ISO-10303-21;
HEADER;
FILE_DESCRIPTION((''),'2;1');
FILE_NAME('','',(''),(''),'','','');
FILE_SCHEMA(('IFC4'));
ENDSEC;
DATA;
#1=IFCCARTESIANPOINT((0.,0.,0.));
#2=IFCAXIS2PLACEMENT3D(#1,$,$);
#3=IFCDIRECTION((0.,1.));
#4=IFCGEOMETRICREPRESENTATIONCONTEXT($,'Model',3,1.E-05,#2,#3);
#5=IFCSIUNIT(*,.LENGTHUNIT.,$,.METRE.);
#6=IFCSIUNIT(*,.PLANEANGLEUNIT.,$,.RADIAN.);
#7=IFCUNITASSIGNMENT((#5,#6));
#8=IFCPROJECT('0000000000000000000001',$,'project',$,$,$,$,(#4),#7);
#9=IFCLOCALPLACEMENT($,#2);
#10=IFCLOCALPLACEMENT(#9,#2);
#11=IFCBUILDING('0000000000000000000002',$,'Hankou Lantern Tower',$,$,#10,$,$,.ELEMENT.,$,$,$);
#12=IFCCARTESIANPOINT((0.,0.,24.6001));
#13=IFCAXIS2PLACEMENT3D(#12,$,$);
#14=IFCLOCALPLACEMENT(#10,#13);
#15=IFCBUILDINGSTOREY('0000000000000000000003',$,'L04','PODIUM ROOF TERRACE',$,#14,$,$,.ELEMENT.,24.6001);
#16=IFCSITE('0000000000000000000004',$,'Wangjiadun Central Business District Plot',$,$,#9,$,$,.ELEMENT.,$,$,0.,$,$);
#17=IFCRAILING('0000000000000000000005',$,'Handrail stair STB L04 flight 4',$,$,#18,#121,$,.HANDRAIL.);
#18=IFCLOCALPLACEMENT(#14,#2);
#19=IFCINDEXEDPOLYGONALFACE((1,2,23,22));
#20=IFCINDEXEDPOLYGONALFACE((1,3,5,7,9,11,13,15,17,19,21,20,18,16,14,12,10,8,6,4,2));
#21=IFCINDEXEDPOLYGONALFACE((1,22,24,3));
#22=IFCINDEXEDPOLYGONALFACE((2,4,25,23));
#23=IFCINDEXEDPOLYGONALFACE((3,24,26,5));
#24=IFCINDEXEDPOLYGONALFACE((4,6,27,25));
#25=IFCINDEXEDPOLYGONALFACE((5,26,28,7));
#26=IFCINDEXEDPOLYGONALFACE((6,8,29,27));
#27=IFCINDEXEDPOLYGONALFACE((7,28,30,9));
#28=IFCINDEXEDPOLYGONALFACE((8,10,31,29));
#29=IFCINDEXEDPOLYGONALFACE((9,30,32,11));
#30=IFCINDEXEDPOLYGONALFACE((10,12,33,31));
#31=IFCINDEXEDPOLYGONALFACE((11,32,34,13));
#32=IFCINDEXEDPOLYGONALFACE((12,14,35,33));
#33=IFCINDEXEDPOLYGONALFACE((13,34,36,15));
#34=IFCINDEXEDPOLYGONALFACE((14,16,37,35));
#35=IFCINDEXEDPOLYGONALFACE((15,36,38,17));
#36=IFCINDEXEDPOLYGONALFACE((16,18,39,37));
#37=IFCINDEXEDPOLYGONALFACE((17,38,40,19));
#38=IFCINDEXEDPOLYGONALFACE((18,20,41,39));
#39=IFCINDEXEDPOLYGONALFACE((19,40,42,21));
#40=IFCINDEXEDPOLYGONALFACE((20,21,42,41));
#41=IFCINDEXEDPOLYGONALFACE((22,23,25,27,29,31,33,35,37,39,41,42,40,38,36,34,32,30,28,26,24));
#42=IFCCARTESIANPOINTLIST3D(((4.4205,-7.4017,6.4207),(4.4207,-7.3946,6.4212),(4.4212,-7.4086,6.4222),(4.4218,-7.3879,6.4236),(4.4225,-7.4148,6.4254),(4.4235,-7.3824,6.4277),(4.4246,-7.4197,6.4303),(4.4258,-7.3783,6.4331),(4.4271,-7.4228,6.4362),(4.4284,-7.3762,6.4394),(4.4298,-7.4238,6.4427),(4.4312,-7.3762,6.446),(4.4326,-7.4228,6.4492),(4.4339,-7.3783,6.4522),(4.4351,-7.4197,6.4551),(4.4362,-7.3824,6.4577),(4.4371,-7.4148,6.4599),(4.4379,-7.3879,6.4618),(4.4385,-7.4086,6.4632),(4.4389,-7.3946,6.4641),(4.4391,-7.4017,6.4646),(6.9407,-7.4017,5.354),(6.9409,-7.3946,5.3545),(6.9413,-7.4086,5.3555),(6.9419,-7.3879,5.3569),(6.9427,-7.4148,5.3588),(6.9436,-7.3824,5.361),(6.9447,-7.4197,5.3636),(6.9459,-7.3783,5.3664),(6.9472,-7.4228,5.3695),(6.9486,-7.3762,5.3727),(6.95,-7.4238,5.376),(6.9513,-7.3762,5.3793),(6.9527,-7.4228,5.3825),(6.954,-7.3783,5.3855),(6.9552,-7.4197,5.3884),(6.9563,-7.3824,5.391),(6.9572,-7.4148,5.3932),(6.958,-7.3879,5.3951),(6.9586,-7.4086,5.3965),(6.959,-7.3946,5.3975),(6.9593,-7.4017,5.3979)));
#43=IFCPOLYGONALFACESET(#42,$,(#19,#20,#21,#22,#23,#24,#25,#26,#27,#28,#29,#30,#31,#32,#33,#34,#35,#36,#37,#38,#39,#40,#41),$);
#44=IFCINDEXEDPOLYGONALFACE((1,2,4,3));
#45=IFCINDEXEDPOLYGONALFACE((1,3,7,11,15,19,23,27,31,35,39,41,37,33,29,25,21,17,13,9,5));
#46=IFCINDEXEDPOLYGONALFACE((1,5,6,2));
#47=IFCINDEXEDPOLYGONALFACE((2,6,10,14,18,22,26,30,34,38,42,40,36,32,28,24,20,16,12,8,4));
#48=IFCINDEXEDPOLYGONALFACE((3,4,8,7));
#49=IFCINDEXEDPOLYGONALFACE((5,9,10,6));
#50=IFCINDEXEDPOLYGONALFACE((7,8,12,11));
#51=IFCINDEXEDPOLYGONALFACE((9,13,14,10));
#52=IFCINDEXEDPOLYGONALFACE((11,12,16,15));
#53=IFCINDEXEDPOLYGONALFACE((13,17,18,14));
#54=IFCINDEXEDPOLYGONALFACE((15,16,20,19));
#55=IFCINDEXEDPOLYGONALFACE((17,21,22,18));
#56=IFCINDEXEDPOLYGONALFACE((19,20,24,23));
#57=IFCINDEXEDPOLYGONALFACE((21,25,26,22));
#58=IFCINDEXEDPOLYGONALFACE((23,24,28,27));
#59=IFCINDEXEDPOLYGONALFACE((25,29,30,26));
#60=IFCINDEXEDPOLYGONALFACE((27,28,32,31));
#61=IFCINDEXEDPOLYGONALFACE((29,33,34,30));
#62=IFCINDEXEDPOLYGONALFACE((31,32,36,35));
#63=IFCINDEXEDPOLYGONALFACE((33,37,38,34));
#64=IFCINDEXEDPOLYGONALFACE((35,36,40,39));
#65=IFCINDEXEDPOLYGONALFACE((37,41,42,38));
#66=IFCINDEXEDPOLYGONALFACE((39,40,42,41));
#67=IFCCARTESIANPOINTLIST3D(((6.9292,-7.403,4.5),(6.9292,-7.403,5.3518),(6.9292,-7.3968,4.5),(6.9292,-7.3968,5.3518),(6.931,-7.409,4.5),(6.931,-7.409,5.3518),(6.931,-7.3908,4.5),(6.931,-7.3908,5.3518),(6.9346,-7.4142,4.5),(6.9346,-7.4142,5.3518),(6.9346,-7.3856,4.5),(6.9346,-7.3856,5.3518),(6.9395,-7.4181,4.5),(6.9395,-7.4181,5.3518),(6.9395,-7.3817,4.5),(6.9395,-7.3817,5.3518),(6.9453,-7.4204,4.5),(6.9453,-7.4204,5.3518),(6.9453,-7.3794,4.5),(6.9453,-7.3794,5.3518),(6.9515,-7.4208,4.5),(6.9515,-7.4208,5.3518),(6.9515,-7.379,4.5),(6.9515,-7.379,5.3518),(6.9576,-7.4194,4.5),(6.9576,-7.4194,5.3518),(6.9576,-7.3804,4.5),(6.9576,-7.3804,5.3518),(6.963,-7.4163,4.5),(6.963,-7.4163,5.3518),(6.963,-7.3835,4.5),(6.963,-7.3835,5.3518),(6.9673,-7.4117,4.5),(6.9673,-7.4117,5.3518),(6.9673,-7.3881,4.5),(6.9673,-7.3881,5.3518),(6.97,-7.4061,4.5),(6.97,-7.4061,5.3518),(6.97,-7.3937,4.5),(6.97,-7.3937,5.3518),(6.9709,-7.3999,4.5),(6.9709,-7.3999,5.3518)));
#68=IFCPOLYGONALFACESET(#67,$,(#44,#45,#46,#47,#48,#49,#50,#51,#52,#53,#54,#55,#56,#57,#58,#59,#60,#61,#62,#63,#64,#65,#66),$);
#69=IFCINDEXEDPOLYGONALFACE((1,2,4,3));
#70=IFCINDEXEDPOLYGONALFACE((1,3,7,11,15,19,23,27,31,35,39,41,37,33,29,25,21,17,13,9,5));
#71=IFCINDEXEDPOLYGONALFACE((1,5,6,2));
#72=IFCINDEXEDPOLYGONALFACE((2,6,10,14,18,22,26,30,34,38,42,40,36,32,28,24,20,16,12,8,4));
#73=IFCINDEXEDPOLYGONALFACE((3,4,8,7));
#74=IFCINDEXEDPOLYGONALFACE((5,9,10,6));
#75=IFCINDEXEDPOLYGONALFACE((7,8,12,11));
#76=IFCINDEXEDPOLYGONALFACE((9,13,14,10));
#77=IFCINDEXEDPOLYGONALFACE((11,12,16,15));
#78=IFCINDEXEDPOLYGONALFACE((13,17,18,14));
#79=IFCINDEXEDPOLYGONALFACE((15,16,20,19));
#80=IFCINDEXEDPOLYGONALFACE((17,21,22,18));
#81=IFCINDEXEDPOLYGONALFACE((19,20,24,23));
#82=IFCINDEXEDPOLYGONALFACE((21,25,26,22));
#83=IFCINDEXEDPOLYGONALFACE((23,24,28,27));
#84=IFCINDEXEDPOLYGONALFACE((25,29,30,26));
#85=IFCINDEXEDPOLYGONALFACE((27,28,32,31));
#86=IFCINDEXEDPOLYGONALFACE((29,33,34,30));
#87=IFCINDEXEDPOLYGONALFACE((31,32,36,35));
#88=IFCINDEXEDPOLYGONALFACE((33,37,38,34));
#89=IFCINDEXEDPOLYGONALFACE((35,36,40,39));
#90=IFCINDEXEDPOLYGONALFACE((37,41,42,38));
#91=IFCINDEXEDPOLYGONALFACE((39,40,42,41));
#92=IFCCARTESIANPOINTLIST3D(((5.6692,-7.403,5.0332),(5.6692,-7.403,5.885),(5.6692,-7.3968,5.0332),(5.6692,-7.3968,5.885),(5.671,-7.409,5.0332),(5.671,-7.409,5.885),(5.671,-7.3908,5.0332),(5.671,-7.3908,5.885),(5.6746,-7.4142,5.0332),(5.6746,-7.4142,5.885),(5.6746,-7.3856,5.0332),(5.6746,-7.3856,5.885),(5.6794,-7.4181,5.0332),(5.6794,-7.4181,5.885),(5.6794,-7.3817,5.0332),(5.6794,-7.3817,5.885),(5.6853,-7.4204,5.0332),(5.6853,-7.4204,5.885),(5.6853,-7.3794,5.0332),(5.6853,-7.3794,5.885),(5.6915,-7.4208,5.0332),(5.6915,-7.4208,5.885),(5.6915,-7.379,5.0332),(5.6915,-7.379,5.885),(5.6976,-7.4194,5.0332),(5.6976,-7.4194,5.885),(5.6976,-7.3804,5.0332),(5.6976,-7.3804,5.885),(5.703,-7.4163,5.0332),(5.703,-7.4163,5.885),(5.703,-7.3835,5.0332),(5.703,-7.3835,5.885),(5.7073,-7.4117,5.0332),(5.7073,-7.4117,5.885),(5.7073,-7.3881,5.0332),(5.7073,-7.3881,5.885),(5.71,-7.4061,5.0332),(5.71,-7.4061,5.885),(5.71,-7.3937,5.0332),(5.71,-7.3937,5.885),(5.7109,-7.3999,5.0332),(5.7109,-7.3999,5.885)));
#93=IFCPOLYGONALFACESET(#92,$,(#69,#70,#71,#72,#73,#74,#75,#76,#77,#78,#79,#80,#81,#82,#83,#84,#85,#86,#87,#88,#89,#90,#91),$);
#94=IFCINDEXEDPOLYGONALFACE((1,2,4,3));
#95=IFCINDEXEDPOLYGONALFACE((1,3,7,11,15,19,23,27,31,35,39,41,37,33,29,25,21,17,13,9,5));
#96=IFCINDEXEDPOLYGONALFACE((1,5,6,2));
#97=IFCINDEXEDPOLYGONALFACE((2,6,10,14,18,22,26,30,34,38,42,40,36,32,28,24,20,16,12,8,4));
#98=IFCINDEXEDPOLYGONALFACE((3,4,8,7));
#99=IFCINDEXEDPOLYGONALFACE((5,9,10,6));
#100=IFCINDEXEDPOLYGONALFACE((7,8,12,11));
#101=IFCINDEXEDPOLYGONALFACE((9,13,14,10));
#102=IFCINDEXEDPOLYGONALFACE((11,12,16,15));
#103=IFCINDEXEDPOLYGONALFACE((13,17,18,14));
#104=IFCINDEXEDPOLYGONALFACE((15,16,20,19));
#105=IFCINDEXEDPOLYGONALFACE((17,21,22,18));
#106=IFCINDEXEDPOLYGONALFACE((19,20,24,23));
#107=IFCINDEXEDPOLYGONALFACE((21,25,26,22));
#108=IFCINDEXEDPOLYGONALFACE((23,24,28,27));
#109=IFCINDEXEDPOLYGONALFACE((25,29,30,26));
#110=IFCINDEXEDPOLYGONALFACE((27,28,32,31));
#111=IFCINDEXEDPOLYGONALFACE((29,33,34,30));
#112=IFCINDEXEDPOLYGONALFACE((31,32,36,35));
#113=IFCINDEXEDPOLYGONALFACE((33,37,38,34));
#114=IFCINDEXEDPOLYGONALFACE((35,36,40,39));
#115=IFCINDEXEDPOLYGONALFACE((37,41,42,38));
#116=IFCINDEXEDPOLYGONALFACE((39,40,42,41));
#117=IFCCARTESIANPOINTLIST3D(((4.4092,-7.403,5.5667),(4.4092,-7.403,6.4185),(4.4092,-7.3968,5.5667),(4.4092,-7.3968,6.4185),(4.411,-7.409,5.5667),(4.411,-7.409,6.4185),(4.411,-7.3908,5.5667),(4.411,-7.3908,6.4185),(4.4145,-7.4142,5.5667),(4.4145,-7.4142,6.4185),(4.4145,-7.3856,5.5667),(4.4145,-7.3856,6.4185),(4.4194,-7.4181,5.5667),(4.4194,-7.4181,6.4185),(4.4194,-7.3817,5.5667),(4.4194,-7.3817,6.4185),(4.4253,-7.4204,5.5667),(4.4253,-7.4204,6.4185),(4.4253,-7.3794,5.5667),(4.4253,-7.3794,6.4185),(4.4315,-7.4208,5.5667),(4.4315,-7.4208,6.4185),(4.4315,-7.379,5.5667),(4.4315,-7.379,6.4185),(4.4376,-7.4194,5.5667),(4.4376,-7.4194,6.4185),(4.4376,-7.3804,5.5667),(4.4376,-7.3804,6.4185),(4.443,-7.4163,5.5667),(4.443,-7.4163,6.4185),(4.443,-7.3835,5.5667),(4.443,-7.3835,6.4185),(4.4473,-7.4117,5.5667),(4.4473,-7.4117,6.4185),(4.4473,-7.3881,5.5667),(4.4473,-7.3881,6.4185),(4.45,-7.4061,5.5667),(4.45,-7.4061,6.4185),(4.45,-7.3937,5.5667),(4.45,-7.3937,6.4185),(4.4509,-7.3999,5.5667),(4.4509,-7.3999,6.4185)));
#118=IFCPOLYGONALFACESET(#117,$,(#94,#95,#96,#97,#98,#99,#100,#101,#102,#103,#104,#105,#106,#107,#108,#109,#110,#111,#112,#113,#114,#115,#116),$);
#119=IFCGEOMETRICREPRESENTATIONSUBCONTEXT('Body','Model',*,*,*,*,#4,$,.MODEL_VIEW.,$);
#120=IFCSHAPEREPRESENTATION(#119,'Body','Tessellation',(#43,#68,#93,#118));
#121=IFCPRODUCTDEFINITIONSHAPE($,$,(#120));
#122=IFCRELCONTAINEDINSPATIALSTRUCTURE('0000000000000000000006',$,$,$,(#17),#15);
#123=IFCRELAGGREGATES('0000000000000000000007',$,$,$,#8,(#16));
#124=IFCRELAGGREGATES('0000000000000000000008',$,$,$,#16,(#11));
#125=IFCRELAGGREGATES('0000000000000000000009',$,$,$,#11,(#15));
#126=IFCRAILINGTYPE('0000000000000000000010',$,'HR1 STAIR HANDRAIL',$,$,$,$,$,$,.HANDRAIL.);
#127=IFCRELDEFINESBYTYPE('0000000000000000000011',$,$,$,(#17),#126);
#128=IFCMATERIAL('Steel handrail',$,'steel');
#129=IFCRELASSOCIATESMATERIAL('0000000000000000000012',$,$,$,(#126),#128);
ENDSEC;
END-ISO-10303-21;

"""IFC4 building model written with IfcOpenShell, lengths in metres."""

from ifc_helpers import new_model, si_unit, direction, frame, origin, origin_2d, place, context, subcontext, project, spatial, circle, extrude, material, type_object, element, save


model = new_model("IFC4")

# Units and contexts
model_context = context("Model", 3, precision=1e-05, world=origin(), true_north=direction((0.0, 1.0)))
body_context = subcontext(model_context, "Body", "Model", "MODEL_VIEW")
ifc_project = project(units=[si_unit("LENGTHUNIT", "METRE"), si_unit("PLANEANGLEUNIT", "RADIAN")], contexts=[model_context])

# Site, building, storey
site_placement = place(None, origin())
site = spatial("IfcSite", under=ifc_project, at=site_placement, Name="Wangjiadun Central Business District Plot", CompositionType="ELEMENT", RefElevation=0.0)
building_placement = place(site_placement, origin())
building = spatial("IfcBuilding", under=site, at=building_placement, Name="Hankou Lantern Tower", CompositionType="ELEMENT")
storey_placement = place(building_placement, frame((0.0, 0.0, 24.6001)))
storey = spatial("IfcBuildingStorey", under=building, at=storey_placement, Name="L04", Description="PODIUM ROOF TERRACE", CompositionType="ELEMENT", Elevation=24.6001)

# Railing
ifc_material_1 = material(Name="Steel handrail", Category="steel")
railing_type = type_object("IfcRailingType", Name="HR1 STAIR HANDRAIL", PredefinedType="HANDRAIL", material=ifc_material_1)
railing_1_placement = place(storey_placement, frame((6.95, -7.3999, 4.5)))
element("IfcRailing", 1, at=railing_1_placement, inside=storey, type_object=railing_type, Name="Handrail stair STB L04 flight 4", PredefinedType="HANDRAIL", context=body_context, shape_type="SweptSolid", body=[
    extrude(circle(Radius=0.0239, at=origin_2d()), frame((0.0, 0.0, 0.876), z_axis=(-0.920903, 0.0, 0.389791), x_axis=(0.0, -1.0, 0.0)), (0.0, 0.0, 1.0), 2.7366),
    extrude(circle(Radius=0.021, at=origin_2d()), origin(), (0.0, 0.0, 1.0), 0.8518),
    extrude(circle(Radius=0.021, at=origin_2d()), frame((-1.26, 0.0, 0.5332)), (0.0, 0.0, 1.0), 0.8518),
    extrude(circle(Radius=0.021, at=origin_2d()), frame((-2.52, 0.0, 1.0667)), (0.0, 0.0, 1.0), 0.8518),
])

save(model, "model.ifc")
